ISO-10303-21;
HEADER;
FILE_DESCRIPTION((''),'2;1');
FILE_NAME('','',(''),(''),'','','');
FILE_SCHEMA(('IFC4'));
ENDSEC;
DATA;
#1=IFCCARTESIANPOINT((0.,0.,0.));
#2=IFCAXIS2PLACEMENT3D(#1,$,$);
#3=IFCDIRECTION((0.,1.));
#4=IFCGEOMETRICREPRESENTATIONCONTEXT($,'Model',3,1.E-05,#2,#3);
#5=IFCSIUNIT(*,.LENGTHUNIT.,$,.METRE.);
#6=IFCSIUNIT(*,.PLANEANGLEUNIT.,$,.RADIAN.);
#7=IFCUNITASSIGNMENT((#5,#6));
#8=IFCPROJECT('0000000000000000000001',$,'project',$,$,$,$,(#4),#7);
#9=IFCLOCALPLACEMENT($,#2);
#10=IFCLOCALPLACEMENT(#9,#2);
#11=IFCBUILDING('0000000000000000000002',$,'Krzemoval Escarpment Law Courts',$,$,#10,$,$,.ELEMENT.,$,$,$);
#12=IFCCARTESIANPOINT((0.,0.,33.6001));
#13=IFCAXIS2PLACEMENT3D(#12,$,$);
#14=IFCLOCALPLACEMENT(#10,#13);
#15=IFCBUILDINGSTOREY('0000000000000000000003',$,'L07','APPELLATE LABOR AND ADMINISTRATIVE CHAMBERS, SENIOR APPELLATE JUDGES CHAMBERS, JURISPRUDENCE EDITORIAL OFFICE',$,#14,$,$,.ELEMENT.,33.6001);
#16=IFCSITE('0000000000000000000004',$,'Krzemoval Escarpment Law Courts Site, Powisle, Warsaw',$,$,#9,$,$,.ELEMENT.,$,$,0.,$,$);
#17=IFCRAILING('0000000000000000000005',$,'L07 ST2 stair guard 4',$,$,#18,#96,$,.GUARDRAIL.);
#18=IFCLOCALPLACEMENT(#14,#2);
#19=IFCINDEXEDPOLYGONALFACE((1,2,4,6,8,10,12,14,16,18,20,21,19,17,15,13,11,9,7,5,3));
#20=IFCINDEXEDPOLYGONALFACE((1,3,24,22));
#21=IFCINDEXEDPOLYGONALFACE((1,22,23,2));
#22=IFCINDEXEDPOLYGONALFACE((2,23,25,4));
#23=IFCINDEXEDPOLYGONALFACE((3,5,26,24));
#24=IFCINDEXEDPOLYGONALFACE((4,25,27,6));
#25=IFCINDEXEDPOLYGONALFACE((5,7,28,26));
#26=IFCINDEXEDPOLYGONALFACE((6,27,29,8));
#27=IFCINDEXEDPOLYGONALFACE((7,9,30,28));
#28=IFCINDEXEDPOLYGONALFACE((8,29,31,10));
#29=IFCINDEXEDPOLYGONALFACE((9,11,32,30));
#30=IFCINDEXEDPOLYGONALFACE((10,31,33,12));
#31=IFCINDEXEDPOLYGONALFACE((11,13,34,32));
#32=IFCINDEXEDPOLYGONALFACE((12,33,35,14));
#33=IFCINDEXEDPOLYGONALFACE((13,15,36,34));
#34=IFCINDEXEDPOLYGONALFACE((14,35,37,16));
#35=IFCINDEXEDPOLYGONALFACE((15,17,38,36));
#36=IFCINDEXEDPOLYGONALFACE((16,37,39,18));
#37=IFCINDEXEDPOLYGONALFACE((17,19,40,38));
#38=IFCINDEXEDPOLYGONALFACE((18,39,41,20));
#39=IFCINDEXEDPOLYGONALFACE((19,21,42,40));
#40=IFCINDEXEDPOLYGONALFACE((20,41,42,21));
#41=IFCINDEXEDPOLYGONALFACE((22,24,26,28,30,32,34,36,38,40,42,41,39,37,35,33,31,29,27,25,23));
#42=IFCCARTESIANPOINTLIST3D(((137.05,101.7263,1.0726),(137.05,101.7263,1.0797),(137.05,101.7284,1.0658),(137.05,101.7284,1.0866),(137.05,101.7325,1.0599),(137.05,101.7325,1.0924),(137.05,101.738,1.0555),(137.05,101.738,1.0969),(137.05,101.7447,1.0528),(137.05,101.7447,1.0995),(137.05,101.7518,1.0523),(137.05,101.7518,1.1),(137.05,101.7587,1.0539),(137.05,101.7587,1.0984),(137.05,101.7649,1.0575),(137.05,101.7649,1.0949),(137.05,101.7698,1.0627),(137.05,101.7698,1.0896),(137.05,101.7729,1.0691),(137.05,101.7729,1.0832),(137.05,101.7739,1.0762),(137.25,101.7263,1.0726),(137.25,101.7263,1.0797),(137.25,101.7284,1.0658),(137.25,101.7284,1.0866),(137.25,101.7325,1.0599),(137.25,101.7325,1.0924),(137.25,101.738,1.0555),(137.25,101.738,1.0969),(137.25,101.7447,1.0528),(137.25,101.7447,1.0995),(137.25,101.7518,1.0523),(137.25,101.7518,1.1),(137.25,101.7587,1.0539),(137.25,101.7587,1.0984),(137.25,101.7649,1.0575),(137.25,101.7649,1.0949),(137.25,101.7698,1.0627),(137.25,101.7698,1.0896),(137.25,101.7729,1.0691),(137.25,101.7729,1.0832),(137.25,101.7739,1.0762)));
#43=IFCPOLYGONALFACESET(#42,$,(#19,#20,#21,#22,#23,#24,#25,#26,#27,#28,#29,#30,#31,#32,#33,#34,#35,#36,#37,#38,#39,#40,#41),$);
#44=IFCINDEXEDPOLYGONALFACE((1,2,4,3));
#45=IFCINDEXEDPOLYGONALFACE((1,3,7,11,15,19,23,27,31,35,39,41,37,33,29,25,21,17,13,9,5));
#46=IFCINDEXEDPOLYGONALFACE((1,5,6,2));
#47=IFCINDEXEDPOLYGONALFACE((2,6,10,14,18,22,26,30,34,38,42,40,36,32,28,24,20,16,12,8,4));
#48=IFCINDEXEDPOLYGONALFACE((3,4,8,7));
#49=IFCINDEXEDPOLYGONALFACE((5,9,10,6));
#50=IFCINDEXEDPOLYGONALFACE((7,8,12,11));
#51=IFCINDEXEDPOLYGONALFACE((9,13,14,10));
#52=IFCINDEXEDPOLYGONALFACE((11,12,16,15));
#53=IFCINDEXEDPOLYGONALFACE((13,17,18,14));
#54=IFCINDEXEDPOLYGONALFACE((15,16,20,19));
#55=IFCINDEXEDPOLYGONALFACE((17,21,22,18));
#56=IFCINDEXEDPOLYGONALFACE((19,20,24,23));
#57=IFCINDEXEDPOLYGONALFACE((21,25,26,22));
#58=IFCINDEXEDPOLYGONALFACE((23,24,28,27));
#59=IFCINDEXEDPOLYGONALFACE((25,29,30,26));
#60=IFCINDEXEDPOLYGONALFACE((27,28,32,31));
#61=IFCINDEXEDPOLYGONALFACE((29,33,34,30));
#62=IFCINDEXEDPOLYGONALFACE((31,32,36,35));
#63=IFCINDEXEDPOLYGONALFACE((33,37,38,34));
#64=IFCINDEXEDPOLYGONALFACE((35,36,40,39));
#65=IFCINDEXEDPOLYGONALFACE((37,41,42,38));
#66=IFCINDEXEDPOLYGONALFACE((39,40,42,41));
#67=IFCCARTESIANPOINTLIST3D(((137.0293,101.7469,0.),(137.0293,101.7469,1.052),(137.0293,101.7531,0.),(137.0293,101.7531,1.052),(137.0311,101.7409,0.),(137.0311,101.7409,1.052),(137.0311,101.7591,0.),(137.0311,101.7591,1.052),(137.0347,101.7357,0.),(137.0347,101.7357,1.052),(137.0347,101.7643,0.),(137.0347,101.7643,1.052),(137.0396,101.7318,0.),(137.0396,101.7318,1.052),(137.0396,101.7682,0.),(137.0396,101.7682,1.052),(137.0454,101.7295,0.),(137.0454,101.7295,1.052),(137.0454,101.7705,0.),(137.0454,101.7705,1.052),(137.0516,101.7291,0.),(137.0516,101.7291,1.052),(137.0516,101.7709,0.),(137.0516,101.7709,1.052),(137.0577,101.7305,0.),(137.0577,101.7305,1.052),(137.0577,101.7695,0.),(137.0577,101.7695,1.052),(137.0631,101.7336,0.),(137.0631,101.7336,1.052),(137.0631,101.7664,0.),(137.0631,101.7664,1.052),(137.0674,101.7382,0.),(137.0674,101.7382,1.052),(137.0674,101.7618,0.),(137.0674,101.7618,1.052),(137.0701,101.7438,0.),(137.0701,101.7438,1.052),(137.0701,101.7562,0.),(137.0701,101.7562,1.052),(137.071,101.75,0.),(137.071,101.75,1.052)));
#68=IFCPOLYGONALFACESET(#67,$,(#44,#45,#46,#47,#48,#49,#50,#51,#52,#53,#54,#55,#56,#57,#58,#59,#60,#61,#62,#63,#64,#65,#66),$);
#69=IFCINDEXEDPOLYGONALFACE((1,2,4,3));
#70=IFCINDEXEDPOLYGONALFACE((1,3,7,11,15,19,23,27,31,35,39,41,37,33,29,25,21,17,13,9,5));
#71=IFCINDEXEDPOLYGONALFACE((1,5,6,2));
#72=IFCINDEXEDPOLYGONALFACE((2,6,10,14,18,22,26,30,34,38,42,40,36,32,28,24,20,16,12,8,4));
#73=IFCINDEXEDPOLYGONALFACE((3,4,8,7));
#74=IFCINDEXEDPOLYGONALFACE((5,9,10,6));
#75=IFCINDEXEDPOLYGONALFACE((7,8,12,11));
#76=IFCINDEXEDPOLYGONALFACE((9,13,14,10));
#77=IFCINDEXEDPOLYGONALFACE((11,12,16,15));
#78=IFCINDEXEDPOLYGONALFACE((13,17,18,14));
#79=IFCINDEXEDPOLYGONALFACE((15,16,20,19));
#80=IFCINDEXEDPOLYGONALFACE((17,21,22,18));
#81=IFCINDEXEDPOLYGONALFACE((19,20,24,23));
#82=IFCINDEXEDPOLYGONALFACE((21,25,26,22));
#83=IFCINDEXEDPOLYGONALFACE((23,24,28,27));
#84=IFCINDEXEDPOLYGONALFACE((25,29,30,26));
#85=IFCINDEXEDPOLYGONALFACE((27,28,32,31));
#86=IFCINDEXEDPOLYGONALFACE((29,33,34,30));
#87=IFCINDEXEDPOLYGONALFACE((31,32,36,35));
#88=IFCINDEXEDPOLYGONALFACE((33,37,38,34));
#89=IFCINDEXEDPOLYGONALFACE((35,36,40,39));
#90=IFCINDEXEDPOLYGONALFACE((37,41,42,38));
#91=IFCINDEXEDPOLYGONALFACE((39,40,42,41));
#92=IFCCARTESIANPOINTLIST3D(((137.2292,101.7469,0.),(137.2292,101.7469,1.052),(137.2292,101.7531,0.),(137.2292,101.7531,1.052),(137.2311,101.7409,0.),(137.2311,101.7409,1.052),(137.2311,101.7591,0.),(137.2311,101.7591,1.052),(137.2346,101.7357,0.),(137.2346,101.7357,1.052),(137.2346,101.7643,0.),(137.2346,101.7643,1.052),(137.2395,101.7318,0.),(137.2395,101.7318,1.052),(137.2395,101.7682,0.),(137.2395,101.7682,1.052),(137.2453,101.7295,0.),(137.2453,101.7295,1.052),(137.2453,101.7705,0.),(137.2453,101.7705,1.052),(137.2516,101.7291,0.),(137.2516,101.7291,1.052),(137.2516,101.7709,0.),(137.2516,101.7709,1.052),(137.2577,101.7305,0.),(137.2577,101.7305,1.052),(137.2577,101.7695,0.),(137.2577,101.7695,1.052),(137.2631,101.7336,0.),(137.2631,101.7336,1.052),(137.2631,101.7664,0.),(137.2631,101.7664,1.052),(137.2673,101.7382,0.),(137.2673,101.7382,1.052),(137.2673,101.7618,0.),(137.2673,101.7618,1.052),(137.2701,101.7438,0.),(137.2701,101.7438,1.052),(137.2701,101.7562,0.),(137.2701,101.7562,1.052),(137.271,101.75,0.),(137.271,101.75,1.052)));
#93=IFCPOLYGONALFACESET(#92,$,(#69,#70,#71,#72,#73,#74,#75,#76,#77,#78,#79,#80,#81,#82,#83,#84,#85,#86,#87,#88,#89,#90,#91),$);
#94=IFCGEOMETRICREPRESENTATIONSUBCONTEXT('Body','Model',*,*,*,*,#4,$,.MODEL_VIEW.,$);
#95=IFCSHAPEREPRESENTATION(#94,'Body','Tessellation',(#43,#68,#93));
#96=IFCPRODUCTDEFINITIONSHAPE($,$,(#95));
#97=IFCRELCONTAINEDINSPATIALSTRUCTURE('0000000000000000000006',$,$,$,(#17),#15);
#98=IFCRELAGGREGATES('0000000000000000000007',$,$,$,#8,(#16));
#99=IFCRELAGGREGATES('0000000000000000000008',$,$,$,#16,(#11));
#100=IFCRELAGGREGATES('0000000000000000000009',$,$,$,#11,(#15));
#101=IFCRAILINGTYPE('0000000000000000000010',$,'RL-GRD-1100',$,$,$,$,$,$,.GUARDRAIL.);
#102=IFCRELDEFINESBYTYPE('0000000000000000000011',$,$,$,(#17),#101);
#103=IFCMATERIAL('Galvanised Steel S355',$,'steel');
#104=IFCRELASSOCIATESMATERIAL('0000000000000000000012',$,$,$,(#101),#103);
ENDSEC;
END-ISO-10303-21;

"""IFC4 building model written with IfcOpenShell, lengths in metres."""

from ifc_helpers import new_model, si_unit, direction, frame, origin, origin_2d, place, context, subcontext, project, spatial, circle, extrude, material, type_object, element, save


model = new_model("IFC4")

# Units and contexts
model_context = context("Model", 3, precision=1e-05, world=origin(), true_north=direction((0.0, 1.0)))
body_context = subcontext(model_context, "Body", "Model", "MODEL_VIEW")
ifc_project = project(units=[si_unit("LENGTHUNIT", "METRE"), si_unit("PLANEANGLEUNIT", "RADIAN")], contexts=[model_context])

# Site, building, storey
site_placement = place(None, origin())
site = spatial("IfcSite", under=ifc_project, at=site_placement, Name="Krzemoval Escarpment Law Courts Site, Powisle, Warsaw", CompositionType="ELEMENT", RefElevation=0.0)
building_placement = place(site_placement, origin())
building = spatial("IfcBuilding", under=site, at=building_placement, Name="Krzemoval Escarpment Law Courts", CompositionType="ELEMENT")
storey_placement = place(building_placement, frame((0.0, 0.0, 33.6001)))
storey = spatial("IfcBuildingStorey", under=building, at=storey_placement, Name="L07", Description="APPELLATE LABOR AND ADMINISTRATIVE CHAMBERS, SENIOR APPELLATE JUDGES CHAMBERS, JURISPRUDENCE EDITORIAL OFFICE", CompositionType="ELEMENT", Elevation=33.6001)

# Railing
ifc_material_1 = material(Name="Galvanised Steel S355", Category="steel")
railing_type_1 = type_object("IfcRailingType", Name="RL-GRD-1100", PredefinedType="GUARDRAIL", material=ifc_material_1)
railing_1_placement = place(storey_placement, frame((137.05, 101.75, 0.0)))
element("IfcRailing", 1, at=railing_1_placement, inside=storey, type_object=railing_type_1, Name="L07 ST2 stair guard 4", PredefinedType="GUARDRAIL", context=body_context, shape_type="SweptSolid", body=[
    extrude(circle(Radius=0.0239, at=origin_2d()), frame((0.0, 0.0, 1.0762), z_axis=(1.0, 0.0, 0.0), x_axis=(0.0, 1.0, 0.0)), (0.0, 0.0, 1.0), 0.2),
    extrude(circle(Radius=0.021, at=origin_2d()), origin(), (0.0, 0.0, 1.0), 1.052),
    extrude(circle(Radius=0.021, at=origin_2d()), frame((0.2, 0.0, 0.0)), (0.0, 0.0, 1.0), 1.052),
])

save(model, "model.ifc")
